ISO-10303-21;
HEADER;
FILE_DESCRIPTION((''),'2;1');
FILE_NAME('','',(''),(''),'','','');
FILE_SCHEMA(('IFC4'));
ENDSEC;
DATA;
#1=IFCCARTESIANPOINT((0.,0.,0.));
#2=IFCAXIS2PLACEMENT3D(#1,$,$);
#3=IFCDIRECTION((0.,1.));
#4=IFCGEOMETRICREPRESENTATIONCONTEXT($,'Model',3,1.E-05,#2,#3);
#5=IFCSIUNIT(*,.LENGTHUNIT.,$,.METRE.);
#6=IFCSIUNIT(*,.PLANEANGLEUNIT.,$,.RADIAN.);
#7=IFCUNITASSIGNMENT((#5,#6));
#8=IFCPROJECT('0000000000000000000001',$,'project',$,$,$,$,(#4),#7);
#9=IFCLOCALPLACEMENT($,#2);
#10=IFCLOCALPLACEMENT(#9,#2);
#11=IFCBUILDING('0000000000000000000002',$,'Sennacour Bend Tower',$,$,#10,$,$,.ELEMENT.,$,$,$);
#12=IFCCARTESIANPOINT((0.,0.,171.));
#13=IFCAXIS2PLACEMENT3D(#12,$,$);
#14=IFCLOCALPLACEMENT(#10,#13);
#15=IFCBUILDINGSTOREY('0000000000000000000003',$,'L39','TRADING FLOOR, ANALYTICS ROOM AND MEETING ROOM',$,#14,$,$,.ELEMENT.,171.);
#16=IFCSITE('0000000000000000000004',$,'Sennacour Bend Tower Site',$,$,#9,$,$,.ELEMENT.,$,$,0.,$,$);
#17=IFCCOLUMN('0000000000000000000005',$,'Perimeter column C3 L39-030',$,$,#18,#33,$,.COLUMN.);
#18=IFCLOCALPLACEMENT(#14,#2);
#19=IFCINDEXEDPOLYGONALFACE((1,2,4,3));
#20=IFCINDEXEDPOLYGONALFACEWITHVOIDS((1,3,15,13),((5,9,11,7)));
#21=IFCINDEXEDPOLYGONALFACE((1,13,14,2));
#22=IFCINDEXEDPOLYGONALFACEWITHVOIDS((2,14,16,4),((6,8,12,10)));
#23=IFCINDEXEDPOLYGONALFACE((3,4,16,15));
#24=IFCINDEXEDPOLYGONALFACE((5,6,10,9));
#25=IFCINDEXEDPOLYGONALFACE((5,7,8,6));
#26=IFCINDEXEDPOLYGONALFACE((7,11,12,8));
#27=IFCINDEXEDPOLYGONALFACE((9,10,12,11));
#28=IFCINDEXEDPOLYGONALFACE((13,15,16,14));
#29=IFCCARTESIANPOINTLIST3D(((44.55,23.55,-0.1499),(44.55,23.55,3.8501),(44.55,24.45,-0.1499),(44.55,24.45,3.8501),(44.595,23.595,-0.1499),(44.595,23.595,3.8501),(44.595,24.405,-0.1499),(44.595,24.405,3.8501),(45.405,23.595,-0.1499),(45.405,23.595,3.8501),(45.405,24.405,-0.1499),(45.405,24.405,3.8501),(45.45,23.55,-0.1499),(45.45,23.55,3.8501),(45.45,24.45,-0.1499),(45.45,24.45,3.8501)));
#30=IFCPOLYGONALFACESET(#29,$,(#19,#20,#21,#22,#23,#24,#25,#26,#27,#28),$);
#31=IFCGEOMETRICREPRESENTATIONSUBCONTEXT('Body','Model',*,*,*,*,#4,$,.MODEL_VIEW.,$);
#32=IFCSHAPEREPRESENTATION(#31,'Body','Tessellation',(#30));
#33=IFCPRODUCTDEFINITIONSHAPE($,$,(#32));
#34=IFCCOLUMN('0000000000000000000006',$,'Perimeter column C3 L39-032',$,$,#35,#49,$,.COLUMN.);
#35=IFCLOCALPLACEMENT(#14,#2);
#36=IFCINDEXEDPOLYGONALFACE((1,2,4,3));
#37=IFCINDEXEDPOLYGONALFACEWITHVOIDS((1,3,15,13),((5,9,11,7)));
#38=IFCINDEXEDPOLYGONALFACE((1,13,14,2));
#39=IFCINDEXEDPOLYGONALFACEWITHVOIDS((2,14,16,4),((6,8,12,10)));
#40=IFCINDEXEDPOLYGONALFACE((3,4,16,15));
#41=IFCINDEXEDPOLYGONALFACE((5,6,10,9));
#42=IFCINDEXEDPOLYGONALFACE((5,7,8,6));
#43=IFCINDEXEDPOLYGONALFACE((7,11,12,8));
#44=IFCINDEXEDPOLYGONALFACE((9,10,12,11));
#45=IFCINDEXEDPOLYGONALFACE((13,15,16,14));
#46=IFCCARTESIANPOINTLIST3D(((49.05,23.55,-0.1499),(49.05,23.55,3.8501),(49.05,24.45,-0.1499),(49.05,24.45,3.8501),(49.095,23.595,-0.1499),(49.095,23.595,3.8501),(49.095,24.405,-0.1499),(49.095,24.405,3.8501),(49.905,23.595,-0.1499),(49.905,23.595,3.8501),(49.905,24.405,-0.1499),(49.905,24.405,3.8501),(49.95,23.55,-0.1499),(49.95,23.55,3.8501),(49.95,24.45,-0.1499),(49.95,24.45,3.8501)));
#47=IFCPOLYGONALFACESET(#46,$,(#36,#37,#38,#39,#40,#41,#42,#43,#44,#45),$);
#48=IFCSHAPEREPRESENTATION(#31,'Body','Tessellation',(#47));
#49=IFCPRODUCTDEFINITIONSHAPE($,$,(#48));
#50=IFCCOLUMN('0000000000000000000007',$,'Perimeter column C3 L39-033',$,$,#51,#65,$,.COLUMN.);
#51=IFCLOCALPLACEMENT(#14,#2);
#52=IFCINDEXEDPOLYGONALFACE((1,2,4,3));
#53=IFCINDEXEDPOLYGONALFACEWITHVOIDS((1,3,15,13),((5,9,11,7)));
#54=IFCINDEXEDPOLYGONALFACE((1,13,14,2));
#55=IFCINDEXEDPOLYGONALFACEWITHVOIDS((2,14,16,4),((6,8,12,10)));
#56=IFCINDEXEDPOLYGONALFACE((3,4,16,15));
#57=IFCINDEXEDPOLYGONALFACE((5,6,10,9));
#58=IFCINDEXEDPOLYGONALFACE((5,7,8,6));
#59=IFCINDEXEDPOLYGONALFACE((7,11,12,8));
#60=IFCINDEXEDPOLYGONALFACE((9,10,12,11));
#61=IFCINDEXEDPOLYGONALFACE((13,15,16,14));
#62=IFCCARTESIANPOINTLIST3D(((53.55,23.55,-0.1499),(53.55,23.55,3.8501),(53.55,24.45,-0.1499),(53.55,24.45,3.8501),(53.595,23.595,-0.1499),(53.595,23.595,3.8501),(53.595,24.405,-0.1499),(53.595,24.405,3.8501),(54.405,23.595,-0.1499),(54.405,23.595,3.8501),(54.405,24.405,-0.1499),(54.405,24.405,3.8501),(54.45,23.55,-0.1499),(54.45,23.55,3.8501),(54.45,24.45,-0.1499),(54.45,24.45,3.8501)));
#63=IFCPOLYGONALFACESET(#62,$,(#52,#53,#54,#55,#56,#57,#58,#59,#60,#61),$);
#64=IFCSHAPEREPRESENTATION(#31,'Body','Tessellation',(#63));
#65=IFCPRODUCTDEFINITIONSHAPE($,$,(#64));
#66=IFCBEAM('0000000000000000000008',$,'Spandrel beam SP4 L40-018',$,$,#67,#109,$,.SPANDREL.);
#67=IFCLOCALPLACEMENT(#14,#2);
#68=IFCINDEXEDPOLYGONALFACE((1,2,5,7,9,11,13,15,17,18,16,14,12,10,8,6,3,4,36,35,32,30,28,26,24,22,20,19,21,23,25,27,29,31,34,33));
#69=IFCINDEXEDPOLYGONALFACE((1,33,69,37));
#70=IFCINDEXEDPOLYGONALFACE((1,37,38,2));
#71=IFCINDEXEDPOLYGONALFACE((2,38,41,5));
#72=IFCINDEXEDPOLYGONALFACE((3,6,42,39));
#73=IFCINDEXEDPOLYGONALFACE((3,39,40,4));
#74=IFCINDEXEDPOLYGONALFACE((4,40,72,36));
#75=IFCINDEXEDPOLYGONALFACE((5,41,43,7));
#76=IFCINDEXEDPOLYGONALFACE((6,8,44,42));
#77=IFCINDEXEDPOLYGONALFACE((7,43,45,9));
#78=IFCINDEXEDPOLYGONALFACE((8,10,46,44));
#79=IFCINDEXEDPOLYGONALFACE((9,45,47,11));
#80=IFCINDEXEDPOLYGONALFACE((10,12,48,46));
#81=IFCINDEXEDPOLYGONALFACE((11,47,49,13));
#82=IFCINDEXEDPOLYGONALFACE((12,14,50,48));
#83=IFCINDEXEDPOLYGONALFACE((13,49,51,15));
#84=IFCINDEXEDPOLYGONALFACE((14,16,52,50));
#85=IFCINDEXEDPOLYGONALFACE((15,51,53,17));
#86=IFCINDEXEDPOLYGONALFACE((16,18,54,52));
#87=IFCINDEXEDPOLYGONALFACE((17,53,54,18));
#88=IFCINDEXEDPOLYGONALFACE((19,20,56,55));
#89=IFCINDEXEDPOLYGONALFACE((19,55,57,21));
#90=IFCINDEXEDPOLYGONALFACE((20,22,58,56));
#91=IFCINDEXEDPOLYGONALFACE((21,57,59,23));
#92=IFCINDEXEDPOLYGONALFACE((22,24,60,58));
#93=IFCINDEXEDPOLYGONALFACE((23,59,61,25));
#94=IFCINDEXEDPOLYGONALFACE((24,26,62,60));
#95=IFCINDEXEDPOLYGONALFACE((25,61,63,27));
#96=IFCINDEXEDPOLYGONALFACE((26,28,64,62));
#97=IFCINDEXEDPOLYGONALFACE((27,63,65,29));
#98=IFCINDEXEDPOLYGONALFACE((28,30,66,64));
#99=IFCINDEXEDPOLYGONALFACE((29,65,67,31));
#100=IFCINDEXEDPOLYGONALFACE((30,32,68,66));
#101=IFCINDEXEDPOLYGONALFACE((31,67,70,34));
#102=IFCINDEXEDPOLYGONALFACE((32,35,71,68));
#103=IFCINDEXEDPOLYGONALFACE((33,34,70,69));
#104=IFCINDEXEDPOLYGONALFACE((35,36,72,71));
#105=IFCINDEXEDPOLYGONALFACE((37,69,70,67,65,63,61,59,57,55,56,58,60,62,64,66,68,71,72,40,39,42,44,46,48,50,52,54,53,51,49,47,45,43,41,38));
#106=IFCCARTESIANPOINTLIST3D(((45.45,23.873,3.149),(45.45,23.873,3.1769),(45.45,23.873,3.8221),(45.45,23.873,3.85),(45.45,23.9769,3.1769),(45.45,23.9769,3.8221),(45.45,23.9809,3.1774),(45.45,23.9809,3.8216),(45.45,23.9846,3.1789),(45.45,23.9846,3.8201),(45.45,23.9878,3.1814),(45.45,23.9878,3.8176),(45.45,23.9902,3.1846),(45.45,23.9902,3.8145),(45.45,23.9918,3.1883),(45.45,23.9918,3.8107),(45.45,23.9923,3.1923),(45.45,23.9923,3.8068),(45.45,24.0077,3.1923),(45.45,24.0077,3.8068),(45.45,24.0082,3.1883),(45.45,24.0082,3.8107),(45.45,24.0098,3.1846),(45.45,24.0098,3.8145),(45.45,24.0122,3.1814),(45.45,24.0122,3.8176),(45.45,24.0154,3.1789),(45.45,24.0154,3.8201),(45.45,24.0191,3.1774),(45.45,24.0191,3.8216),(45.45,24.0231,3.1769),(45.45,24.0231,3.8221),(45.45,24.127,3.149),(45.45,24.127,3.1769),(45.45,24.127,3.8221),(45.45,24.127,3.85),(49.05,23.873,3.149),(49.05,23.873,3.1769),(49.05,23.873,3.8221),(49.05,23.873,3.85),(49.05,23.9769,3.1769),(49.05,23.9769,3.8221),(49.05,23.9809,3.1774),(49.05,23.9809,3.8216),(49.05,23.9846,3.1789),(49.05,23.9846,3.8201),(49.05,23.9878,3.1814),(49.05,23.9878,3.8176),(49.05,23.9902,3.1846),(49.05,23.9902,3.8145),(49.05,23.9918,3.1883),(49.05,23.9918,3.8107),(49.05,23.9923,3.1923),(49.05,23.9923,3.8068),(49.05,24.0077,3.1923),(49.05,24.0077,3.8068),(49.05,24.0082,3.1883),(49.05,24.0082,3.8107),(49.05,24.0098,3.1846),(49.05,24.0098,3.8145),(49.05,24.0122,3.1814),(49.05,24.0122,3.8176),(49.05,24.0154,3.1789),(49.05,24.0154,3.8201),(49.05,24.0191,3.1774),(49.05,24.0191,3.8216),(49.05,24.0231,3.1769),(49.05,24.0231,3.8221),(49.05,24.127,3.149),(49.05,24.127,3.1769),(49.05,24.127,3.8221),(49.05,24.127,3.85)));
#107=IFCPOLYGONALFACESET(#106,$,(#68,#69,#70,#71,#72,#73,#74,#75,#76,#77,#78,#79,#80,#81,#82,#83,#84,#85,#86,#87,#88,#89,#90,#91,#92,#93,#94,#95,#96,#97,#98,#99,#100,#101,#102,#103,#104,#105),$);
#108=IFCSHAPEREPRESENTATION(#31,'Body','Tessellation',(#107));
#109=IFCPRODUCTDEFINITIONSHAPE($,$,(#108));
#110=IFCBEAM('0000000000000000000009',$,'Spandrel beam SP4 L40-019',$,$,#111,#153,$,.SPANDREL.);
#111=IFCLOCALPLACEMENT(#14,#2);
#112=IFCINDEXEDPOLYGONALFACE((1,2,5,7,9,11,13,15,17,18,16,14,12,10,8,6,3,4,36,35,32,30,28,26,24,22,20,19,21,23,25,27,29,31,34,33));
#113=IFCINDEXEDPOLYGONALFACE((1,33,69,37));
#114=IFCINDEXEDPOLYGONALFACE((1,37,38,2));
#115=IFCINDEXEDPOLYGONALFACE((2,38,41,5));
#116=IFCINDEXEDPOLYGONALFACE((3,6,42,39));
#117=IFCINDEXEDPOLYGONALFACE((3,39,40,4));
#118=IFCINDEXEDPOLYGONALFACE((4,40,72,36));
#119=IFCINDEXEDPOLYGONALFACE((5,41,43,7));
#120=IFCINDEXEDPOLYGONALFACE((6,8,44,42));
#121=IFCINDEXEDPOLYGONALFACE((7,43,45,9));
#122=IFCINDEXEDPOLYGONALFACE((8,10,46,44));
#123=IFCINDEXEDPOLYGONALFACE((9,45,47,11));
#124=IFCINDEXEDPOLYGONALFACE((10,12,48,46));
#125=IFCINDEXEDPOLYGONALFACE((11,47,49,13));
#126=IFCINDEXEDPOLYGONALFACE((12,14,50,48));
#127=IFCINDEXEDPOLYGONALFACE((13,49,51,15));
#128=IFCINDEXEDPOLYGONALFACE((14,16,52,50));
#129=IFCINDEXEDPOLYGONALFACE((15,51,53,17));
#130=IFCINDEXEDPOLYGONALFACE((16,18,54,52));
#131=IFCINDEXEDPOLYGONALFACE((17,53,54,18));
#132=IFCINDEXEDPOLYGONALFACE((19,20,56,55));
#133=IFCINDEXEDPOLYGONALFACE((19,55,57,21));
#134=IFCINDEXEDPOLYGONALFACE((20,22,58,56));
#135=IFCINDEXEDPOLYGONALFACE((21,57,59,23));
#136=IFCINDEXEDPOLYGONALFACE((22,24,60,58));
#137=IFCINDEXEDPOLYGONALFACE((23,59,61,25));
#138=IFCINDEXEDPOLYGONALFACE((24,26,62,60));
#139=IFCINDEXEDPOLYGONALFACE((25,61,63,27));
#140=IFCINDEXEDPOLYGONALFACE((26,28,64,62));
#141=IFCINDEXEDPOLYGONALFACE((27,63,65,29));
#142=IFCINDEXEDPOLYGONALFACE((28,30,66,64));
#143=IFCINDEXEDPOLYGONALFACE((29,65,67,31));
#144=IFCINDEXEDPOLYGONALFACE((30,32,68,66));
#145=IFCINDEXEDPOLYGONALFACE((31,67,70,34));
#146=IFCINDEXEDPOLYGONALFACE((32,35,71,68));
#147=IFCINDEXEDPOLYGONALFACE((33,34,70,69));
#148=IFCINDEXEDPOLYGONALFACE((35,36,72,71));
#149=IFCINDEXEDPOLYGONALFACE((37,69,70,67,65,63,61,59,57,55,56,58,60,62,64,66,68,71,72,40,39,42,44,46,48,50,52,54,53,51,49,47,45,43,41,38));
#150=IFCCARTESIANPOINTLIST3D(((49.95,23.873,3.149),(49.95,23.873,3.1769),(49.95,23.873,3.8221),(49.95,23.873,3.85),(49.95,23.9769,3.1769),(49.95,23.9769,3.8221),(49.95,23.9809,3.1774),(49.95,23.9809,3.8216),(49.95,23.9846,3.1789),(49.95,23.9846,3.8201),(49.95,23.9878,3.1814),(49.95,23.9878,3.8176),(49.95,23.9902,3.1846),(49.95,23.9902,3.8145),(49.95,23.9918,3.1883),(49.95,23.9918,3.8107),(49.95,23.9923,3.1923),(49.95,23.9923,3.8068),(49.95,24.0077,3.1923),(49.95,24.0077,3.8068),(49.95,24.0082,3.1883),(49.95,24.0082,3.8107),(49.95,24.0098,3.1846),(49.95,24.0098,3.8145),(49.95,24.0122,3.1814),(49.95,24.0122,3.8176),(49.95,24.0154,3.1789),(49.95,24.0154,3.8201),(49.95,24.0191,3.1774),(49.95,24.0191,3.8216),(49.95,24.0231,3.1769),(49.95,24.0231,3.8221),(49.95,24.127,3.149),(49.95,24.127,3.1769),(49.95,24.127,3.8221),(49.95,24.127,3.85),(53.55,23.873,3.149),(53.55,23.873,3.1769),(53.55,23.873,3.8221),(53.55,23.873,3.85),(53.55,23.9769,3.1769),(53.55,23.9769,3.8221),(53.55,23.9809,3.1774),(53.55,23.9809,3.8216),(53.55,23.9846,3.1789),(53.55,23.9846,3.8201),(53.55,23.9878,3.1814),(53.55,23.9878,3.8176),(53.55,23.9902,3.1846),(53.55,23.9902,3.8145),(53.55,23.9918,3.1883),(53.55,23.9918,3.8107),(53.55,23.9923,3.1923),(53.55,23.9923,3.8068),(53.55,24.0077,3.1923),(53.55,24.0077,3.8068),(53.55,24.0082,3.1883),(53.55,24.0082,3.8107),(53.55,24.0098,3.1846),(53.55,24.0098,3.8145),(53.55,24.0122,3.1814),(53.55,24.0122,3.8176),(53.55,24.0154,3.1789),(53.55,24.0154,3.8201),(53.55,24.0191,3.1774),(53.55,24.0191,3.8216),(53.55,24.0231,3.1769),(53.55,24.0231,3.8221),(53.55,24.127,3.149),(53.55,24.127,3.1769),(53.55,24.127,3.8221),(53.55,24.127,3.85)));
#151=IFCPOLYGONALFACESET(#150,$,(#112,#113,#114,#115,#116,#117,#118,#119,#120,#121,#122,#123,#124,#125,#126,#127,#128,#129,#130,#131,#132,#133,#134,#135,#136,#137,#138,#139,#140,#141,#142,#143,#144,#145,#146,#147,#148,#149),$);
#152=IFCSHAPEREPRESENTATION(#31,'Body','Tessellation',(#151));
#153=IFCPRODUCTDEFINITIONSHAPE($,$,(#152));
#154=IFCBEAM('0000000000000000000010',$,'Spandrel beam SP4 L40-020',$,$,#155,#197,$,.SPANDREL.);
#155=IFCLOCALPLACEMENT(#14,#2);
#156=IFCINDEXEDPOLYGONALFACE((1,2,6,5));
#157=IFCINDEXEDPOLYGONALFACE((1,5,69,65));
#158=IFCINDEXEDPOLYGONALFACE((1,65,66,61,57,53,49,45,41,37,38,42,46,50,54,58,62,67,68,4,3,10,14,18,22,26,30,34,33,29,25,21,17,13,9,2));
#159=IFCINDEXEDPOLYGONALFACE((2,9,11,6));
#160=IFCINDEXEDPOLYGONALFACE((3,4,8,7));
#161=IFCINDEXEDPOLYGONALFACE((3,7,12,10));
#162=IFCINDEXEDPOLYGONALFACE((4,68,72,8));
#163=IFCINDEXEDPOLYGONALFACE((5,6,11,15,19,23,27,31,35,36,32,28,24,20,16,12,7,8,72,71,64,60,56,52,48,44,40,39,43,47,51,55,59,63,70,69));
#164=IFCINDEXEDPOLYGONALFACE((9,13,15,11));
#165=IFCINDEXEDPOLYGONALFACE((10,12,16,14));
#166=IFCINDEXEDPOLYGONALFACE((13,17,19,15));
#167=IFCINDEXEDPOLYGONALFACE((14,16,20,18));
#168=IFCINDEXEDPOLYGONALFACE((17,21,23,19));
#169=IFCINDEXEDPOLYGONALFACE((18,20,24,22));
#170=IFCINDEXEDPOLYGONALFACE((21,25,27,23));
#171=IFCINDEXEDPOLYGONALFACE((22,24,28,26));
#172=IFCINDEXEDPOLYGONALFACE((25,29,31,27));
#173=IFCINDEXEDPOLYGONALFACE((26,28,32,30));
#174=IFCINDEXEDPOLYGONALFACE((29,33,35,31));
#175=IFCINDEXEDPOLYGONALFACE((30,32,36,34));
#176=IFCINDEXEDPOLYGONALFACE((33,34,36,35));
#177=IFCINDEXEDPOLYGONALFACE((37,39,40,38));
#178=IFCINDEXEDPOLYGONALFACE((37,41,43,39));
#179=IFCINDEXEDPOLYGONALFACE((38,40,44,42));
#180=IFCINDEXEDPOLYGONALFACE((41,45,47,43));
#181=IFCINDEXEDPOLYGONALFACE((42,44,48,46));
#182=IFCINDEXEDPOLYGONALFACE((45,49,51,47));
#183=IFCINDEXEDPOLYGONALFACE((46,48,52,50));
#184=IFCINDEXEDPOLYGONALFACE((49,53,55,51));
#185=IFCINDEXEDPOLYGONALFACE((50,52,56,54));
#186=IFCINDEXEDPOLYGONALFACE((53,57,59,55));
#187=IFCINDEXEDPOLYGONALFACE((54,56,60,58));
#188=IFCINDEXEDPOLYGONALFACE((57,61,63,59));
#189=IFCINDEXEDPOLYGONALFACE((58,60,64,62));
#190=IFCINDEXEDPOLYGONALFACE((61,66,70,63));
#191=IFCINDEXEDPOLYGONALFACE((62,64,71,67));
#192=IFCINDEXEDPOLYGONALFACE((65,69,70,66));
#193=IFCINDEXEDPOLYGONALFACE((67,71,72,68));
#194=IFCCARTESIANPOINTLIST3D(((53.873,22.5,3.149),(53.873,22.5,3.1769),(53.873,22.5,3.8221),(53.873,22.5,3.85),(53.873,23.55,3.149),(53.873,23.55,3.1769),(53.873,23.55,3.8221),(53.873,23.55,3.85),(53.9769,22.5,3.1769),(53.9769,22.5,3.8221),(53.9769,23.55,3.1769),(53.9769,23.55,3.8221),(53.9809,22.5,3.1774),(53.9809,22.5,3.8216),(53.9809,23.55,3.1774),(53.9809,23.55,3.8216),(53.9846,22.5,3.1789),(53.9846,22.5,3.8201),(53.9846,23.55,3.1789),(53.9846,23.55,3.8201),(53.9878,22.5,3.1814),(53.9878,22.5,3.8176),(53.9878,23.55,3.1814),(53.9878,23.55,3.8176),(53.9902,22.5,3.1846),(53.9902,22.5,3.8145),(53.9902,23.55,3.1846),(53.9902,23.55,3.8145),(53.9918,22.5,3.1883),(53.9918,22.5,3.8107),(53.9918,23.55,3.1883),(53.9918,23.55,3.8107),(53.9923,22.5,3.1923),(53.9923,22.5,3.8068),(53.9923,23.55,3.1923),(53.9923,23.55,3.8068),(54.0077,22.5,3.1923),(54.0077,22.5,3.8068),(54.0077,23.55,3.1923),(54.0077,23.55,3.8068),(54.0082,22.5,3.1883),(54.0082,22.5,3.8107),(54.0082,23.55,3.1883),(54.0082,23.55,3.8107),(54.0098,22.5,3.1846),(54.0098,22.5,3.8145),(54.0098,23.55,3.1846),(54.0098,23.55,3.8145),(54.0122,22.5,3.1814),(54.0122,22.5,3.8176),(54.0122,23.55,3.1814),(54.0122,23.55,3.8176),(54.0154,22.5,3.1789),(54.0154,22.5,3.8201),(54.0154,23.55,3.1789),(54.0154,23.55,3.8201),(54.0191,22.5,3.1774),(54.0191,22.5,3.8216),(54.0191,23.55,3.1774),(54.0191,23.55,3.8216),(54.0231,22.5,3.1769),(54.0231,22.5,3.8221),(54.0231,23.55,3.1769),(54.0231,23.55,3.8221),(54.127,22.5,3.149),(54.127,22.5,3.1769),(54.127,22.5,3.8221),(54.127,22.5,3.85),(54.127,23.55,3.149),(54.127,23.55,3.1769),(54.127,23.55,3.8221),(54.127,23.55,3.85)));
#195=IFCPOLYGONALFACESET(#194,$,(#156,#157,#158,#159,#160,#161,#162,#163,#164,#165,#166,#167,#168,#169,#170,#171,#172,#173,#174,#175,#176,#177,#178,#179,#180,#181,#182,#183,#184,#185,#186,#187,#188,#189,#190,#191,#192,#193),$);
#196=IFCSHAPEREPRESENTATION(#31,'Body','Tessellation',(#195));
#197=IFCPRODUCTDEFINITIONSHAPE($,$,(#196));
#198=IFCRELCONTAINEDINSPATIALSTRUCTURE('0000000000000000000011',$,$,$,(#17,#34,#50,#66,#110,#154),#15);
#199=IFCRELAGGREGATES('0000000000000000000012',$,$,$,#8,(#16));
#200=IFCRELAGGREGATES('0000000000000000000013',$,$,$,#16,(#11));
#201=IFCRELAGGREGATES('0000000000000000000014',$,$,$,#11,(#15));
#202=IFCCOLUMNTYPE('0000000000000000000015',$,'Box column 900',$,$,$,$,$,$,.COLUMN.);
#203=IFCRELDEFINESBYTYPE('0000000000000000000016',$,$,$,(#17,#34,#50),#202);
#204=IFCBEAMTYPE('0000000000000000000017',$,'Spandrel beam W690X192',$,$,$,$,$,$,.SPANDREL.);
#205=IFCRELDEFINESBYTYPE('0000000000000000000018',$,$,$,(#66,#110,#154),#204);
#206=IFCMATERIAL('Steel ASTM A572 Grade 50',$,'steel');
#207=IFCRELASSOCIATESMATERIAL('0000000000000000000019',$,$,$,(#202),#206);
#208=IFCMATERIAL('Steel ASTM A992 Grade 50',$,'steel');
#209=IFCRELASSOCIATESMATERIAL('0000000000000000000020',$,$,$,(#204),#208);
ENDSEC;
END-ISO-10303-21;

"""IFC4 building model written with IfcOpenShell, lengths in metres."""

from ifc_helpers import new_model, si_unit, direction, frame, origin, origin_2d, place, context, subcontext, project, spatial, hollow_rectangle, i_section, extrude, material, material_profile, profile_set, type_object, element, save


model = new_model("IFC4")

# Units and contexts
model_context = context("Model", 3, precision=1e-05, world=origin(), true_north=direction((0.0, 1.0)))
body_context = subcontext(model_context, "Body", "Model", "MODEL_VIEW")
ifc_project = project(units=[si_unit("LENGTHUNIT", "METRE"), si_unit("PLANEANGLEUNIT", "RADIAN")], contexts=[model_context])

# Site, building, storey
site_placement = place(None, origin())
site = spatial("IfcSite", under=ifc_project, at=site_placement, Name="Sennacour Bend Tower Site", CompositionType="ELEMENT", RefElevation=0.0)
building_placement = place(site_placement, origin())
building = spatial("IfcBuilding", under=site, at=building_placement, Name="Sennacour Bend Tower", CompositionType="ELEMENT")
storey_placement = place(building_placement, frame((0.0, 0.0, 171.0)))
storey = spatial("IfcBuildingStorey", under=building, at=storey_placement, Name="L39", Description="TRADING FLOOR, ANALYTICS ROOM AND MEETING ROOM", CompositionType="ELEMENT", Elevation=171.0)

# Columns
ifc_material_1 = material(Name="Steel ASTM A572 Grade 50", Category="steel")
ifc_material_profile_1 = material_profile(ifc_material_1, hollow_rectangle(XDim=0.8999, YDim=0.8999, WallThickness=0.0449, at=origin_2d()), Name="Steel ASTM A572 Grade 50", Category="steel")
ifc_profile_set_1 = profile_set([ifc_material_profile_1], Name="Steel ASTM A572 Grade 50")
column_type = type_object("IfcColumnType", Name="Box column 900", PredefinedType="COLUMN", material=ifc_profile_set_1)
for number, where, z_axis, x_axis, name in (
    (1, (45.0, 24.0, -0.1499), (0.0, 0.0, 1.0), (1.0, 0.0, 0.0), "Perimeter column C3 L39-030"),
    (2, (49.5, 24.0, -0.1499), (0.0, 0.0, 1.0), (1.0, 0.0, 0.0), "Perimeter column C3 L39-032"),
    (3, (54.0, 24.0, -0.1499), (0.0, 0.0, 1.0), (1.0, 0.0, 0.0), "Perimeter column C3 L39-033"),
):
    element("IfcColumn", number, at=place(storey_placement, frame(where, z_axis=z_axis, x_axis=x_axis)), inside=storey, type_object=column_type, Name=name, PredefinedType="COLUMN", context=body_context, shape_type="SweptSolid", body=[
        extrude(hollow_rectangle(XDim=0.8999, YDim=0.8999, WallThickness=0.0449, at=origin_2d()), origin(), (0.0, 0.0, 1.0), 4.0),
    ])

# Beams
ifc_material_2 = material(Name="Steel ASTM A992 Grade 50", Category="steel")
ifc_material_profile_2 = material_profile(ifc_material_2, i_section(OverallWidth=0.2539, OverallDepth=0.7009, WebThickness=0.0154, FlangeThickness=0.0278, FilletRadius=0.0154, at=origin_2d()), Name="Steel ASTM A992 Grade 50", Category="steel")
ifc_profile_set_2 = profile_set([ifc_material_profile_2], Name="Steel ASTM A992 Grade 50")
beam_type = type_object("IfcBeamType", Name="Spandrel beam W690X192", PredefinedType="SPANDREL", material=ifc_profile_set_2)
for number, where, z_axis, x_axis, name in (
    (4, (45.45, 24.0, 3.4995), (1.0, 0.0, 0.0), (0.0, 1.0, 0.0), "Spandrel beam SP4 L40-018"),
    (5, (49.95, 24.0, 3.4995), (1.0, 0.0, 0.0), (0.0, 1.0, 0.0), "Spandrel beam SP4 L40-019"),
):
    element("IfcBeam", number, at=place(storey_placement, frame(where, z_axis=z_axis, x_axis=x_axis)), inside=storey, type_object=beam_type, Name=name, PredefinedType="SPANDREL", context=body_context, shape_type="SweptSolid", body=[
        extrude(i_section(OverallWidth=0.2539, OverallDepth=0.7009, WebThickness=0.0154, FlangeThickness=0.0278, FilletRadius=0.0154, at=origin_2d()), origin(), (0.0, 0.0, 1.0), 3.6001),
    ])
beam_placement = place(storey_placement, frame((54.0, 23.55, 3.4995), z_axis=(0.0, -1.0, 0.0), x_axis=(1.0, 0.0, 0.0)))
element("IfcBeam", 6, at=beam_placement, inside=storey, type_object=beam_type, Name="Spandrel beam SP4 L40-020", PredefinedType="SPANDREL", context=body_context, shape_type="SweptSolid", body=[
    extrude(i_section(OverallWidth=0.2539, OverallDepth=0.7009, WebThickness=0.0154, FlangeThickness=0.0278, FilletRadius=0.0154, at=origin_2d()), origin(), (0.0, 0.0, 1.0), 1.05),
])

save(model, "model.ifc")
